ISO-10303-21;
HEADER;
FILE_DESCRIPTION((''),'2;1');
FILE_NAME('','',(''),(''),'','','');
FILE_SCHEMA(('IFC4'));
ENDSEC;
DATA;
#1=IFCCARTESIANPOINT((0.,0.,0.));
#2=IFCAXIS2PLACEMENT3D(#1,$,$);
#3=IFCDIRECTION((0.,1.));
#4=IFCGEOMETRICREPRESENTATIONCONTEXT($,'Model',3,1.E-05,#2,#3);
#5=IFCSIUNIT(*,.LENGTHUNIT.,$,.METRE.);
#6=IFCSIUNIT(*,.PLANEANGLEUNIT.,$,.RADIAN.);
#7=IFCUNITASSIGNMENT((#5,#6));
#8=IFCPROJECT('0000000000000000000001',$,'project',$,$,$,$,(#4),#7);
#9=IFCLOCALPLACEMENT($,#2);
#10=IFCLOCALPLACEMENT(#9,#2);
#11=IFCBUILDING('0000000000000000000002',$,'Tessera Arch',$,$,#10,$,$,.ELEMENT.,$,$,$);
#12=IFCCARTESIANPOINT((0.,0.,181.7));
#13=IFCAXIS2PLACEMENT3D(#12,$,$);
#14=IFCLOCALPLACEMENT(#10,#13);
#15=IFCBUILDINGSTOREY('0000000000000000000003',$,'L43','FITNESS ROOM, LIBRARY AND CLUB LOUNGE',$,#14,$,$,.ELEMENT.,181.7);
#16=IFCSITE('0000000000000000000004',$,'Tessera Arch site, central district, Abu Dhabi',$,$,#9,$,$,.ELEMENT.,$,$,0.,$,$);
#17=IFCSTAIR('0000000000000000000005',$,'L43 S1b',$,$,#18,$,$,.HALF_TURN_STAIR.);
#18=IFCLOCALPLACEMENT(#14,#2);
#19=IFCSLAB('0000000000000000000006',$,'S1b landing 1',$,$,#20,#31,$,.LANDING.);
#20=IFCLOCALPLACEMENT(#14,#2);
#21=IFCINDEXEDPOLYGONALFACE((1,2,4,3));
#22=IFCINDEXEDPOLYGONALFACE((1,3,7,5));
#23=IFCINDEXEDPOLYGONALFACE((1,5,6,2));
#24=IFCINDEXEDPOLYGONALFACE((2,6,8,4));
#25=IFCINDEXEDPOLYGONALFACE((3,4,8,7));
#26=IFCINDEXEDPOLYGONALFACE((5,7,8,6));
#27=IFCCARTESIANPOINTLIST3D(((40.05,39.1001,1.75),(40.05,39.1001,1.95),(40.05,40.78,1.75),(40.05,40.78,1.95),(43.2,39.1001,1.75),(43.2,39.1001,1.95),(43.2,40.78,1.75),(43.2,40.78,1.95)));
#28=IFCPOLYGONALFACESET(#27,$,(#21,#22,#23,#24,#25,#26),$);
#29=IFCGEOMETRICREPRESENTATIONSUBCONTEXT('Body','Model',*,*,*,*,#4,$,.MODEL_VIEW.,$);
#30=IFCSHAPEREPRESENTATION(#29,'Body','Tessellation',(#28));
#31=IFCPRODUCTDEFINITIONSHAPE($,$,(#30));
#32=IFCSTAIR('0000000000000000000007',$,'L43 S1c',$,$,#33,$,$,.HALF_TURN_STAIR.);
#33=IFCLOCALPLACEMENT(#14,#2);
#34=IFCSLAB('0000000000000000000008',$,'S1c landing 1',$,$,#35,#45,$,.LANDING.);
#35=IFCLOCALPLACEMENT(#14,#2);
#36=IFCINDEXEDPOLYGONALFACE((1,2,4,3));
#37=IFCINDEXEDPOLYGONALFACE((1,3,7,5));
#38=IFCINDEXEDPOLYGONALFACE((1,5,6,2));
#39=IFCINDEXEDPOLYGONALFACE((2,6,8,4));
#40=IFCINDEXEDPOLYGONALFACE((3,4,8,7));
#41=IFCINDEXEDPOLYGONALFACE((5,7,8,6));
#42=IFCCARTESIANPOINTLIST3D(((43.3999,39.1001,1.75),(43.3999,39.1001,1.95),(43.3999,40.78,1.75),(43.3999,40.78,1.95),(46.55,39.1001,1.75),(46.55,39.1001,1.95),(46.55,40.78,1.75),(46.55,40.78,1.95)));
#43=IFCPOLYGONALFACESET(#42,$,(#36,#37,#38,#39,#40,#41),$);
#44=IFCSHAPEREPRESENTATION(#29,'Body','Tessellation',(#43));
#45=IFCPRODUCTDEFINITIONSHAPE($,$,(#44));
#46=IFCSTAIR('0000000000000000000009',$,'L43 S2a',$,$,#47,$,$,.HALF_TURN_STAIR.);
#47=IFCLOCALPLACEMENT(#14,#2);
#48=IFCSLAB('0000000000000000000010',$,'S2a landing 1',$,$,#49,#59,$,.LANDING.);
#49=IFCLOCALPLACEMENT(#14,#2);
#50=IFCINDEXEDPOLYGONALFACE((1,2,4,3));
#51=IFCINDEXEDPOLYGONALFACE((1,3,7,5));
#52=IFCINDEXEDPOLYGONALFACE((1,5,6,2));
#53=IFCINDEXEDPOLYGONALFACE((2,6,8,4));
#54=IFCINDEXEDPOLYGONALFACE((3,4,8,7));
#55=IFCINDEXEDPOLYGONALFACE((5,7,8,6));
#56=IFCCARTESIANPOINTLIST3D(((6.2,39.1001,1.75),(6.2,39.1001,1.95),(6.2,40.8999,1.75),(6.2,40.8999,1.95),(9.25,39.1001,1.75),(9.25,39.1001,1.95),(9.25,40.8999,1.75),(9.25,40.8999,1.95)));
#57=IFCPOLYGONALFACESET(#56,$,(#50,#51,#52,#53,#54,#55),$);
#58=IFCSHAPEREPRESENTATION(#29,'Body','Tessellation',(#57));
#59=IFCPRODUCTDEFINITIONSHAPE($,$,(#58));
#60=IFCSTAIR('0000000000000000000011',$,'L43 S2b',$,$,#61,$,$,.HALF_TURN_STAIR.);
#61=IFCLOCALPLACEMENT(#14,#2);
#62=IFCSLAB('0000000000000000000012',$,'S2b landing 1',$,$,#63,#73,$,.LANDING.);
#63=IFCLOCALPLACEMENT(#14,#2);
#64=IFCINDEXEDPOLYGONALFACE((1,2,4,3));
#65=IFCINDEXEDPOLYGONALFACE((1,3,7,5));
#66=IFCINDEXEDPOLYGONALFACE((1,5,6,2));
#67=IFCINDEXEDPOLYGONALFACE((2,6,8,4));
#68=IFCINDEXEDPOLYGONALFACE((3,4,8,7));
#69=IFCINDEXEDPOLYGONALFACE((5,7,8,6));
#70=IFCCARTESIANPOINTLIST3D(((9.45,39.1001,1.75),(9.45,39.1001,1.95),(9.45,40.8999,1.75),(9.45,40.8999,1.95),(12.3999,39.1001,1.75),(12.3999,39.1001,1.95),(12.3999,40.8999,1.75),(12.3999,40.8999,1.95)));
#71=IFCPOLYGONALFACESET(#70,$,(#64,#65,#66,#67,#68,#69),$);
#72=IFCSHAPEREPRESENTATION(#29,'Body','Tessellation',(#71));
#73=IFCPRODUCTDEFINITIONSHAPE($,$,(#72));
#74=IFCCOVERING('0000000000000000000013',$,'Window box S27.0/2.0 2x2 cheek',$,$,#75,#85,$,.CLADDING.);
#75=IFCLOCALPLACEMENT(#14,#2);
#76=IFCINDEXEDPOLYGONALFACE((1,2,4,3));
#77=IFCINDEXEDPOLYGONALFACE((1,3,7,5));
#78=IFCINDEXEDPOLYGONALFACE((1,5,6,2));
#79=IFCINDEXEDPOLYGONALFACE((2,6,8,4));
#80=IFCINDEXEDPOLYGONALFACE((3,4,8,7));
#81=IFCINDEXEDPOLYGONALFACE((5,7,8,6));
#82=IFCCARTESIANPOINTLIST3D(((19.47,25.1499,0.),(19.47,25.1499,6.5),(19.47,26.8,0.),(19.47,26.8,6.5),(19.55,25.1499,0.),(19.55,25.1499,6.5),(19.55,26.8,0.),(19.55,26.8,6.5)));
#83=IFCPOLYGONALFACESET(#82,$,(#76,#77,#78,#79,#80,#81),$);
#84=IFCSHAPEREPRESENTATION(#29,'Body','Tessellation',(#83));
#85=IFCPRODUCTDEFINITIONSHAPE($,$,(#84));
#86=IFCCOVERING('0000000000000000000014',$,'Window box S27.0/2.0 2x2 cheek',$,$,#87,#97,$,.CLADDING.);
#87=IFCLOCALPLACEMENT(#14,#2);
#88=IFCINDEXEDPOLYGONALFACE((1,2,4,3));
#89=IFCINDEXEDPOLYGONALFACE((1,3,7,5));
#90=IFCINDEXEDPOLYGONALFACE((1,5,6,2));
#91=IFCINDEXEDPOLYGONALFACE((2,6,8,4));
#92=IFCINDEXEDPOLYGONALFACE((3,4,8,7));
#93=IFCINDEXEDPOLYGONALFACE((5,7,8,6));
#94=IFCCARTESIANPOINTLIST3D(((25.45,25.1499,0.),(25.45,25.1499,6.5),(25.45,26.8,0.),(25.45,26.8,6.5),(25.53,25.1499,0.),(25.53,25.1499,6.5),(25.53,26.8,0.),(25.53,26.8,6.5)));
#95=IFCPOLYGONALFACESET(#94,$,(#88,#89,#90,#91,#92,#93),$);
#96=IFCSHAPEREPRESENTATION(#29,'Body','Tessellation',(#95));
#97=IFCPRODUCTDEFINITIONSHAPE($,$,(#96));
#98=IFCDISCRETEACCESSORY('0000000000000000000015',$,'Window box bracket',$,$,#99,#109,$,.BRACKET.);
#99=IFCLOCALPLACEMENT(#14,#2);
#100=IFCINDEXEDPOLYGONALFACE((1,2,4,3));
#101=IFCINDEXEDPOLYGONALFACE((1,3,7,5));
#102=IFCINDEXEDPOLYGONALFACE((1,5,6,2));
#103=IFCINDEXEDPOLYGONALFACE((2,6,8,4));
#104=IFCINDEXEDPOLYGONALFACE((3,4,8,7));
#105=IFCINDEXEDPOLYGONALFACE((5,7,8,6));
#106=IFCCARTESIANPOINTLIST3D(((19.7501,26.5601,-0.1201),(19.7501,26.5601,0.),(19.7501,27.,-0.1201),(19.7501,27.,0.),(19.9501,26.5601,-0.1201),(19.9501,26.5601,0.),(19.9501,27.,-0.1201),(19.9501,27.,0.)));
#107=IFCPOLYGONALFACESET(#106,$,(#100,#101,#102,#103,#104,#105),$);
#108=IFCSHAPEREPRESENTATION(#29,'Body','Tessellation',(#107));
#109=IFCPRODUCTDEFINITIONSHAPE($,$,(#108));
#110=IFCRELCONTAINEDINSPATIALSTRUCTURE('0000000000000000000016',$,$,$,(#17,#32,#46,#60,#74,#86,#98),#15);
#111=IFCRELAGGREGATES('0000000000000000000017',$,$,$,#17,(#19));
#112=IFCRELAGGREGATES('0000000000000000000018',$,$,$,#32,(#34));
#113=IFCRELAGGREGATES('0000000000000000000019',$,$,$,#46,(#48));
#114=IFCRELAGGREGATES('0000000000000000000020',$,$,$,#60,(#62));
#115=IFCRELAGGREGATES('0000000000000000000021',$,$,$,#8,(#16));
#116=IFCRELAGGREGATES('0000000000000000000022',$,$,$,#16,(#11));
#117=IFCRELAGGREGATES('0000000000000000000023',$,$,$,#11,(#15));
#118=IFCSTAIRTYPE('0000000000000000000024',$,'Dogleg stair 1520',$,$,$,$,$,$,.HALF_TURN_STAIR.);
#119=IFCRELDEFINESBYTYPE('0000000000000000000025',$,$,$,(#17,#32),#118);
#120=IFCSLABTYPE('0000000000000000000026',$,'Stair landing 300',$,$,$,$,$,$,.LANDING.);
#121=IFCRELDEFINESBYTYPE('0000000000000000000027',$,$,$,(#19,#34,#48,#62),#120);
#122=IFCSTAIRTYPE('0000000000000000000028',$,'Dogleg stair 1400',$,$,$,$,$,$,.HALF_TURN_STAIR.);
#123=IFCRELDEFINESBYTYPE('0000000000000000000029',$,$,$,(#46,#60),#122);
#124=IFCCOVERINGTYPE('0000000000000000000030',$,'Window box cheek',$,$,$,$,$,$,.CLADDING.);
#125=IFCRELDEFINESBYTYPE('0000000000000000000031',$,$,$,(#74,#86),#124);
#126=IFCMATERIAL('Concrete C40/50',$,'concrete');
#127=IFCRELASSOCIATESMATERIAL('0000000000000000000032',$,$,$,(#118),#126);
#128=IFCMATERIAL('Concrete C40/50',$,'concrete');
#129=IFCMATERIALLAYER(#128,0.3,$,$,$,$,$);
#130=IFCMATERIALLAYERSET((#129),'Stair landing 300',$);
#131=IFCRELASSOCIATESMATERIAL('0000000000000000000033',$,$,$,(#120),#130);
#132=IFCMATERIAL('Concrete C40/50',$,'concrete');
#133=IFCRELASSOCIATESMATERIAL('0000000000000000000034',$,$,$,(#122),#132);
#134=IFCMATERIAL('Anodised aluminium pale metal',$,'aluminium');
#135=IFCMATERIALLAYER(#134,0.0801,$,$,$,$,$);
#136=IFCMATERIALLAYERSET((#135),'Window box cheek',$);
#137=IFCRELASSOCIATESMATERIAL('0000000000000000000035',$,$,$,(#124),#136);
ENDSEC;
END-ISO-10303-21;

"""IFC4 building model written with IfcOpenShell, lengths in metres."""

from ifc_helpers import new_model, si_unit, direction, frame, origin, origin_2d, place, context, subcontext, project, spatial, polyline, rectangle, outline, extrude, material, layer, layer_set, type_object, element, aggregate, save


model = new_model("IFC4")

# Units and contexts
model_context = context("Model", 3, precision=1e-05, world=origin(), true_north=direction((0.0, 1.0)))
body_context = subcontext(model_context, "Body", "Model", "MODEL_VIEW")
ifc_project = project(units=[si_unit("LENGTHUNIT", "METRE"), si_unit("PLANEANGLEUNIT", "RADIAN")], contexts=[model_context])

# Site, building, storey
site_placement = place(None, origin())
site = spatial("IfcSite", under=ifc_project, at=site_placement, Name="Tessera Arch site, central district, Abu Dhabi", CompositionType="ELEMENT", RefElevation=0.0)
building_placement = place(site_placement, origin())
building = spatial("IfcBuilding", under=site, at=building_placement, Name="Tessera Arch", CompositionType="ELEMENT")
storey_placement = place(building_placement, frame((0.0, 0.0, 181.7)))
storey = spatial("IfcBuildingStorey", under=building, at=storey_placement, Name="L43", Description="FITNESS ROOM, LIBRARY AND CLUB LOUNGE", CompositionType="ELEMENT", Elevation=181.7)

# Stairs, slabs
ifc_material_1 = material(Name="Concrete C40/50", Category="concrete")
stair_type_1 = type_object("IfcStairType", Name="Dogleg stair 1520", PredefinedType="HALF_TURN_STAIR", material=ifc_material_1)
ifc_material_2 = material(Name="Concrete C40/50", Category="concrete")
ifc_layer_1 = layer(ifc_material_2, 0.3)
ifc_layer_set_1 = layer_set([ifc_layer_1], Name="Stair landing 300")
slab_type = type_object("IfcSlabType", Name="Stair landing 300", PredefinedType="LANDING", material=ifc_layer_set_1)
stair_1_placement = place(storey_placement, origin())
stair_1 = element("IfcStair", 1, at=stair_1_placement, inside=storey, type_object=stair_type_1, Name="L43 S1b", PredefinedType="HALF_TURN_STAIR")
slab_1_placement = place(storey_placement, frame((0.0, 0.0, 1.75)))
slab_1 = element("IfcSlab", 2, at=slab_1_placement, type_object=slab_type, Name="S1b landing 1", PredefinedType="LANDING", context=body_context, shape_type="SweptSolid", body=[
    extrude(outline(polyline([(40.05, 40.78), (40.05, 39.1001), (43.2, 39.1001), (43.2, 40.78), (40.05, 40.78)])), origin(), (0.0, 0.0, 1.0), 0.2),
])
aggregate(stair_1, [slab_1])
stair_2_placement = place(storey_placement, origin())
stair_2 = element("IfcStair", 3, at=stair_2_placement, inside=storey, type_object=stair_type_1, Name="L43 S1c", PredefinedType="HALF_TURN_STAIR")
slab_2_placement = place(storey_placement, frame((0.0, 0.0, 1.75)))
slab_2 = element("IfcSlab", 4, at=slab_2_placement, type_object=slab_type, Name="S1c landing 1", PredefinedType="LANDING", context=body_context, shape_type="SweptSolid", body=[
    extrude(outline(polyline([(43.3999, 40.78), (43.3999, 39.1001), (46.55, 39.1001), (46.55, 40.78), (43.3999, 40.78)])), origin(), (0.0, 0.0, 1.0), 0.2),
])
aggregate(stair_2, [slab_2])
ifc_material_3 = material(Name="Concrete C40/50", Category="concrete")
stair_type_2 = type_object("IfcStairType", Name="Dogleg stair 1400", PredefinedType="HALF_TURN_STAIR", material=ifc_material_3)
stair_3_placement = place(storey_placement, origin())
stair_3 = element("IfcStair", 5, at=stair_3_placement, inside=storey, type_object=stair_type_2, Name="L43 S2a", PredefinedType="HALF_TURN_STAIR")
slab_3_placement = place(storey_placement, frame((0.0, 0.0, 1.75)))
slab_3 = element("IfcSlab", 6, at=slab_3_placement, type_object=slab_type, Name="S2a landing 1", PredefinedType="LANDING", context=body_context, shape_type="SweptSolid", body=[
    extrude(outline(polyline([(6.2, 40.8999), (6.2, 39.1001), (9.25, 39.1001), (9.25, 40.8999), (6.2, 40.8999)])), origin(), (0.0, 0.0, 1.0), 0.2),
])
aggregate(stair_3, [slab_3])
stair_4_placement = place(storey_placement, origin())
stair_4 = element("IfcStair", 7, at=stair_4_placement, inside=storey, type_object=stair_type_2, Name="L43 S2b", PredefinedType="HALF_TURN_STAIR")
slab_4_placement = place(storey_placement, frame((0.0, 0.0, 1.75)))
slab_4 = element("IfcSlab", 8, at=slab_4_placement, type_object=slab_type, Name="S2b landing 1", PredefinedType="LANDING", context=body_context, shape_type="SweptSolid", body=[
    extrude(outline(polyline([(9.45, 40.8999), (9.45, 39.1001), (12.3999, 39.1001), (12.3999, 40.8999), (9.45, 40.8999)])), origin(), (0.0, 0.0, 1.0), 0.2),
])
aggregate(stair_4, [slab_4])

# Coverings
ifc_material_4 = material(Name="Anodised aluminium pale metal", Category="aluminium")
ifc_layer_2 = layer(ifc_material_4, 0.0801)
ifc_layer_set_2 = layer_set([ifc_layer_2], Name="Window box cheek")
covering_type = type_object("IfcCoveringType", Name="Window box cheek", PredefinedType="CLADDING", material=ifc_layer_set_2)
covering_1_placement = place(storey_placement, origin())
element("IfcCovering", 9, at=covering_1_placement, inside=storey, type_object=covering_type, Name="Window box S27.0/2.0 2x2 cheek", PredefinedType="CLADDING", context=body_context, shape_type="SweptSolid", body=[
    extrude(outline(polyline([(19.47, 25.1499), (19.55, 25.1499), (19.55, 26.8), (19.47, 26.8), (19.47, 25.1499)])), origin(), (0.0, 0.0, 1.0), 6.5),
])
covering_2_placement = place(storey_placement, origin())
element("IfcCovering", 10, at=covering_2_placement, inside=storey, type_object=covering_type, Name="Window box S27.0/2.0 2x2 cheek", PredefinedType="CLADDING", context=body_context, shape_type="SweptSolid", body=[
    extrude(outline(polyline([(25.45, 25.1499), (25.53, 25.1499), (25.53, 26.8), (25.45, 26.8), (25.45, 25.1499)])), origin(), (0.0, 0.0, 1.0), 6.5),
])

# Discrete accessory
discrete_accessory_placement = place(storey_placement, frame((19.8501, 26.78, -0.1201), z_axis=(0.0, 0.0, 1.0), x_axis=(0.0, -1.0, 0.0)))
element("IfcDiscreteAccessory", 11, at=discrete_accessory_placement, inside=storey, Name="Window box bracket", PredefinedType="BRACKET", context=body_context, shape_type="SweptSolid", body=[
    extrude(rectangle(XDim=0.4399, YDim=0.2, at=origin_2d()), origin(), (0.0, 0.0, 1.0), 0.1201),
])

save(model, "model.ifc")
